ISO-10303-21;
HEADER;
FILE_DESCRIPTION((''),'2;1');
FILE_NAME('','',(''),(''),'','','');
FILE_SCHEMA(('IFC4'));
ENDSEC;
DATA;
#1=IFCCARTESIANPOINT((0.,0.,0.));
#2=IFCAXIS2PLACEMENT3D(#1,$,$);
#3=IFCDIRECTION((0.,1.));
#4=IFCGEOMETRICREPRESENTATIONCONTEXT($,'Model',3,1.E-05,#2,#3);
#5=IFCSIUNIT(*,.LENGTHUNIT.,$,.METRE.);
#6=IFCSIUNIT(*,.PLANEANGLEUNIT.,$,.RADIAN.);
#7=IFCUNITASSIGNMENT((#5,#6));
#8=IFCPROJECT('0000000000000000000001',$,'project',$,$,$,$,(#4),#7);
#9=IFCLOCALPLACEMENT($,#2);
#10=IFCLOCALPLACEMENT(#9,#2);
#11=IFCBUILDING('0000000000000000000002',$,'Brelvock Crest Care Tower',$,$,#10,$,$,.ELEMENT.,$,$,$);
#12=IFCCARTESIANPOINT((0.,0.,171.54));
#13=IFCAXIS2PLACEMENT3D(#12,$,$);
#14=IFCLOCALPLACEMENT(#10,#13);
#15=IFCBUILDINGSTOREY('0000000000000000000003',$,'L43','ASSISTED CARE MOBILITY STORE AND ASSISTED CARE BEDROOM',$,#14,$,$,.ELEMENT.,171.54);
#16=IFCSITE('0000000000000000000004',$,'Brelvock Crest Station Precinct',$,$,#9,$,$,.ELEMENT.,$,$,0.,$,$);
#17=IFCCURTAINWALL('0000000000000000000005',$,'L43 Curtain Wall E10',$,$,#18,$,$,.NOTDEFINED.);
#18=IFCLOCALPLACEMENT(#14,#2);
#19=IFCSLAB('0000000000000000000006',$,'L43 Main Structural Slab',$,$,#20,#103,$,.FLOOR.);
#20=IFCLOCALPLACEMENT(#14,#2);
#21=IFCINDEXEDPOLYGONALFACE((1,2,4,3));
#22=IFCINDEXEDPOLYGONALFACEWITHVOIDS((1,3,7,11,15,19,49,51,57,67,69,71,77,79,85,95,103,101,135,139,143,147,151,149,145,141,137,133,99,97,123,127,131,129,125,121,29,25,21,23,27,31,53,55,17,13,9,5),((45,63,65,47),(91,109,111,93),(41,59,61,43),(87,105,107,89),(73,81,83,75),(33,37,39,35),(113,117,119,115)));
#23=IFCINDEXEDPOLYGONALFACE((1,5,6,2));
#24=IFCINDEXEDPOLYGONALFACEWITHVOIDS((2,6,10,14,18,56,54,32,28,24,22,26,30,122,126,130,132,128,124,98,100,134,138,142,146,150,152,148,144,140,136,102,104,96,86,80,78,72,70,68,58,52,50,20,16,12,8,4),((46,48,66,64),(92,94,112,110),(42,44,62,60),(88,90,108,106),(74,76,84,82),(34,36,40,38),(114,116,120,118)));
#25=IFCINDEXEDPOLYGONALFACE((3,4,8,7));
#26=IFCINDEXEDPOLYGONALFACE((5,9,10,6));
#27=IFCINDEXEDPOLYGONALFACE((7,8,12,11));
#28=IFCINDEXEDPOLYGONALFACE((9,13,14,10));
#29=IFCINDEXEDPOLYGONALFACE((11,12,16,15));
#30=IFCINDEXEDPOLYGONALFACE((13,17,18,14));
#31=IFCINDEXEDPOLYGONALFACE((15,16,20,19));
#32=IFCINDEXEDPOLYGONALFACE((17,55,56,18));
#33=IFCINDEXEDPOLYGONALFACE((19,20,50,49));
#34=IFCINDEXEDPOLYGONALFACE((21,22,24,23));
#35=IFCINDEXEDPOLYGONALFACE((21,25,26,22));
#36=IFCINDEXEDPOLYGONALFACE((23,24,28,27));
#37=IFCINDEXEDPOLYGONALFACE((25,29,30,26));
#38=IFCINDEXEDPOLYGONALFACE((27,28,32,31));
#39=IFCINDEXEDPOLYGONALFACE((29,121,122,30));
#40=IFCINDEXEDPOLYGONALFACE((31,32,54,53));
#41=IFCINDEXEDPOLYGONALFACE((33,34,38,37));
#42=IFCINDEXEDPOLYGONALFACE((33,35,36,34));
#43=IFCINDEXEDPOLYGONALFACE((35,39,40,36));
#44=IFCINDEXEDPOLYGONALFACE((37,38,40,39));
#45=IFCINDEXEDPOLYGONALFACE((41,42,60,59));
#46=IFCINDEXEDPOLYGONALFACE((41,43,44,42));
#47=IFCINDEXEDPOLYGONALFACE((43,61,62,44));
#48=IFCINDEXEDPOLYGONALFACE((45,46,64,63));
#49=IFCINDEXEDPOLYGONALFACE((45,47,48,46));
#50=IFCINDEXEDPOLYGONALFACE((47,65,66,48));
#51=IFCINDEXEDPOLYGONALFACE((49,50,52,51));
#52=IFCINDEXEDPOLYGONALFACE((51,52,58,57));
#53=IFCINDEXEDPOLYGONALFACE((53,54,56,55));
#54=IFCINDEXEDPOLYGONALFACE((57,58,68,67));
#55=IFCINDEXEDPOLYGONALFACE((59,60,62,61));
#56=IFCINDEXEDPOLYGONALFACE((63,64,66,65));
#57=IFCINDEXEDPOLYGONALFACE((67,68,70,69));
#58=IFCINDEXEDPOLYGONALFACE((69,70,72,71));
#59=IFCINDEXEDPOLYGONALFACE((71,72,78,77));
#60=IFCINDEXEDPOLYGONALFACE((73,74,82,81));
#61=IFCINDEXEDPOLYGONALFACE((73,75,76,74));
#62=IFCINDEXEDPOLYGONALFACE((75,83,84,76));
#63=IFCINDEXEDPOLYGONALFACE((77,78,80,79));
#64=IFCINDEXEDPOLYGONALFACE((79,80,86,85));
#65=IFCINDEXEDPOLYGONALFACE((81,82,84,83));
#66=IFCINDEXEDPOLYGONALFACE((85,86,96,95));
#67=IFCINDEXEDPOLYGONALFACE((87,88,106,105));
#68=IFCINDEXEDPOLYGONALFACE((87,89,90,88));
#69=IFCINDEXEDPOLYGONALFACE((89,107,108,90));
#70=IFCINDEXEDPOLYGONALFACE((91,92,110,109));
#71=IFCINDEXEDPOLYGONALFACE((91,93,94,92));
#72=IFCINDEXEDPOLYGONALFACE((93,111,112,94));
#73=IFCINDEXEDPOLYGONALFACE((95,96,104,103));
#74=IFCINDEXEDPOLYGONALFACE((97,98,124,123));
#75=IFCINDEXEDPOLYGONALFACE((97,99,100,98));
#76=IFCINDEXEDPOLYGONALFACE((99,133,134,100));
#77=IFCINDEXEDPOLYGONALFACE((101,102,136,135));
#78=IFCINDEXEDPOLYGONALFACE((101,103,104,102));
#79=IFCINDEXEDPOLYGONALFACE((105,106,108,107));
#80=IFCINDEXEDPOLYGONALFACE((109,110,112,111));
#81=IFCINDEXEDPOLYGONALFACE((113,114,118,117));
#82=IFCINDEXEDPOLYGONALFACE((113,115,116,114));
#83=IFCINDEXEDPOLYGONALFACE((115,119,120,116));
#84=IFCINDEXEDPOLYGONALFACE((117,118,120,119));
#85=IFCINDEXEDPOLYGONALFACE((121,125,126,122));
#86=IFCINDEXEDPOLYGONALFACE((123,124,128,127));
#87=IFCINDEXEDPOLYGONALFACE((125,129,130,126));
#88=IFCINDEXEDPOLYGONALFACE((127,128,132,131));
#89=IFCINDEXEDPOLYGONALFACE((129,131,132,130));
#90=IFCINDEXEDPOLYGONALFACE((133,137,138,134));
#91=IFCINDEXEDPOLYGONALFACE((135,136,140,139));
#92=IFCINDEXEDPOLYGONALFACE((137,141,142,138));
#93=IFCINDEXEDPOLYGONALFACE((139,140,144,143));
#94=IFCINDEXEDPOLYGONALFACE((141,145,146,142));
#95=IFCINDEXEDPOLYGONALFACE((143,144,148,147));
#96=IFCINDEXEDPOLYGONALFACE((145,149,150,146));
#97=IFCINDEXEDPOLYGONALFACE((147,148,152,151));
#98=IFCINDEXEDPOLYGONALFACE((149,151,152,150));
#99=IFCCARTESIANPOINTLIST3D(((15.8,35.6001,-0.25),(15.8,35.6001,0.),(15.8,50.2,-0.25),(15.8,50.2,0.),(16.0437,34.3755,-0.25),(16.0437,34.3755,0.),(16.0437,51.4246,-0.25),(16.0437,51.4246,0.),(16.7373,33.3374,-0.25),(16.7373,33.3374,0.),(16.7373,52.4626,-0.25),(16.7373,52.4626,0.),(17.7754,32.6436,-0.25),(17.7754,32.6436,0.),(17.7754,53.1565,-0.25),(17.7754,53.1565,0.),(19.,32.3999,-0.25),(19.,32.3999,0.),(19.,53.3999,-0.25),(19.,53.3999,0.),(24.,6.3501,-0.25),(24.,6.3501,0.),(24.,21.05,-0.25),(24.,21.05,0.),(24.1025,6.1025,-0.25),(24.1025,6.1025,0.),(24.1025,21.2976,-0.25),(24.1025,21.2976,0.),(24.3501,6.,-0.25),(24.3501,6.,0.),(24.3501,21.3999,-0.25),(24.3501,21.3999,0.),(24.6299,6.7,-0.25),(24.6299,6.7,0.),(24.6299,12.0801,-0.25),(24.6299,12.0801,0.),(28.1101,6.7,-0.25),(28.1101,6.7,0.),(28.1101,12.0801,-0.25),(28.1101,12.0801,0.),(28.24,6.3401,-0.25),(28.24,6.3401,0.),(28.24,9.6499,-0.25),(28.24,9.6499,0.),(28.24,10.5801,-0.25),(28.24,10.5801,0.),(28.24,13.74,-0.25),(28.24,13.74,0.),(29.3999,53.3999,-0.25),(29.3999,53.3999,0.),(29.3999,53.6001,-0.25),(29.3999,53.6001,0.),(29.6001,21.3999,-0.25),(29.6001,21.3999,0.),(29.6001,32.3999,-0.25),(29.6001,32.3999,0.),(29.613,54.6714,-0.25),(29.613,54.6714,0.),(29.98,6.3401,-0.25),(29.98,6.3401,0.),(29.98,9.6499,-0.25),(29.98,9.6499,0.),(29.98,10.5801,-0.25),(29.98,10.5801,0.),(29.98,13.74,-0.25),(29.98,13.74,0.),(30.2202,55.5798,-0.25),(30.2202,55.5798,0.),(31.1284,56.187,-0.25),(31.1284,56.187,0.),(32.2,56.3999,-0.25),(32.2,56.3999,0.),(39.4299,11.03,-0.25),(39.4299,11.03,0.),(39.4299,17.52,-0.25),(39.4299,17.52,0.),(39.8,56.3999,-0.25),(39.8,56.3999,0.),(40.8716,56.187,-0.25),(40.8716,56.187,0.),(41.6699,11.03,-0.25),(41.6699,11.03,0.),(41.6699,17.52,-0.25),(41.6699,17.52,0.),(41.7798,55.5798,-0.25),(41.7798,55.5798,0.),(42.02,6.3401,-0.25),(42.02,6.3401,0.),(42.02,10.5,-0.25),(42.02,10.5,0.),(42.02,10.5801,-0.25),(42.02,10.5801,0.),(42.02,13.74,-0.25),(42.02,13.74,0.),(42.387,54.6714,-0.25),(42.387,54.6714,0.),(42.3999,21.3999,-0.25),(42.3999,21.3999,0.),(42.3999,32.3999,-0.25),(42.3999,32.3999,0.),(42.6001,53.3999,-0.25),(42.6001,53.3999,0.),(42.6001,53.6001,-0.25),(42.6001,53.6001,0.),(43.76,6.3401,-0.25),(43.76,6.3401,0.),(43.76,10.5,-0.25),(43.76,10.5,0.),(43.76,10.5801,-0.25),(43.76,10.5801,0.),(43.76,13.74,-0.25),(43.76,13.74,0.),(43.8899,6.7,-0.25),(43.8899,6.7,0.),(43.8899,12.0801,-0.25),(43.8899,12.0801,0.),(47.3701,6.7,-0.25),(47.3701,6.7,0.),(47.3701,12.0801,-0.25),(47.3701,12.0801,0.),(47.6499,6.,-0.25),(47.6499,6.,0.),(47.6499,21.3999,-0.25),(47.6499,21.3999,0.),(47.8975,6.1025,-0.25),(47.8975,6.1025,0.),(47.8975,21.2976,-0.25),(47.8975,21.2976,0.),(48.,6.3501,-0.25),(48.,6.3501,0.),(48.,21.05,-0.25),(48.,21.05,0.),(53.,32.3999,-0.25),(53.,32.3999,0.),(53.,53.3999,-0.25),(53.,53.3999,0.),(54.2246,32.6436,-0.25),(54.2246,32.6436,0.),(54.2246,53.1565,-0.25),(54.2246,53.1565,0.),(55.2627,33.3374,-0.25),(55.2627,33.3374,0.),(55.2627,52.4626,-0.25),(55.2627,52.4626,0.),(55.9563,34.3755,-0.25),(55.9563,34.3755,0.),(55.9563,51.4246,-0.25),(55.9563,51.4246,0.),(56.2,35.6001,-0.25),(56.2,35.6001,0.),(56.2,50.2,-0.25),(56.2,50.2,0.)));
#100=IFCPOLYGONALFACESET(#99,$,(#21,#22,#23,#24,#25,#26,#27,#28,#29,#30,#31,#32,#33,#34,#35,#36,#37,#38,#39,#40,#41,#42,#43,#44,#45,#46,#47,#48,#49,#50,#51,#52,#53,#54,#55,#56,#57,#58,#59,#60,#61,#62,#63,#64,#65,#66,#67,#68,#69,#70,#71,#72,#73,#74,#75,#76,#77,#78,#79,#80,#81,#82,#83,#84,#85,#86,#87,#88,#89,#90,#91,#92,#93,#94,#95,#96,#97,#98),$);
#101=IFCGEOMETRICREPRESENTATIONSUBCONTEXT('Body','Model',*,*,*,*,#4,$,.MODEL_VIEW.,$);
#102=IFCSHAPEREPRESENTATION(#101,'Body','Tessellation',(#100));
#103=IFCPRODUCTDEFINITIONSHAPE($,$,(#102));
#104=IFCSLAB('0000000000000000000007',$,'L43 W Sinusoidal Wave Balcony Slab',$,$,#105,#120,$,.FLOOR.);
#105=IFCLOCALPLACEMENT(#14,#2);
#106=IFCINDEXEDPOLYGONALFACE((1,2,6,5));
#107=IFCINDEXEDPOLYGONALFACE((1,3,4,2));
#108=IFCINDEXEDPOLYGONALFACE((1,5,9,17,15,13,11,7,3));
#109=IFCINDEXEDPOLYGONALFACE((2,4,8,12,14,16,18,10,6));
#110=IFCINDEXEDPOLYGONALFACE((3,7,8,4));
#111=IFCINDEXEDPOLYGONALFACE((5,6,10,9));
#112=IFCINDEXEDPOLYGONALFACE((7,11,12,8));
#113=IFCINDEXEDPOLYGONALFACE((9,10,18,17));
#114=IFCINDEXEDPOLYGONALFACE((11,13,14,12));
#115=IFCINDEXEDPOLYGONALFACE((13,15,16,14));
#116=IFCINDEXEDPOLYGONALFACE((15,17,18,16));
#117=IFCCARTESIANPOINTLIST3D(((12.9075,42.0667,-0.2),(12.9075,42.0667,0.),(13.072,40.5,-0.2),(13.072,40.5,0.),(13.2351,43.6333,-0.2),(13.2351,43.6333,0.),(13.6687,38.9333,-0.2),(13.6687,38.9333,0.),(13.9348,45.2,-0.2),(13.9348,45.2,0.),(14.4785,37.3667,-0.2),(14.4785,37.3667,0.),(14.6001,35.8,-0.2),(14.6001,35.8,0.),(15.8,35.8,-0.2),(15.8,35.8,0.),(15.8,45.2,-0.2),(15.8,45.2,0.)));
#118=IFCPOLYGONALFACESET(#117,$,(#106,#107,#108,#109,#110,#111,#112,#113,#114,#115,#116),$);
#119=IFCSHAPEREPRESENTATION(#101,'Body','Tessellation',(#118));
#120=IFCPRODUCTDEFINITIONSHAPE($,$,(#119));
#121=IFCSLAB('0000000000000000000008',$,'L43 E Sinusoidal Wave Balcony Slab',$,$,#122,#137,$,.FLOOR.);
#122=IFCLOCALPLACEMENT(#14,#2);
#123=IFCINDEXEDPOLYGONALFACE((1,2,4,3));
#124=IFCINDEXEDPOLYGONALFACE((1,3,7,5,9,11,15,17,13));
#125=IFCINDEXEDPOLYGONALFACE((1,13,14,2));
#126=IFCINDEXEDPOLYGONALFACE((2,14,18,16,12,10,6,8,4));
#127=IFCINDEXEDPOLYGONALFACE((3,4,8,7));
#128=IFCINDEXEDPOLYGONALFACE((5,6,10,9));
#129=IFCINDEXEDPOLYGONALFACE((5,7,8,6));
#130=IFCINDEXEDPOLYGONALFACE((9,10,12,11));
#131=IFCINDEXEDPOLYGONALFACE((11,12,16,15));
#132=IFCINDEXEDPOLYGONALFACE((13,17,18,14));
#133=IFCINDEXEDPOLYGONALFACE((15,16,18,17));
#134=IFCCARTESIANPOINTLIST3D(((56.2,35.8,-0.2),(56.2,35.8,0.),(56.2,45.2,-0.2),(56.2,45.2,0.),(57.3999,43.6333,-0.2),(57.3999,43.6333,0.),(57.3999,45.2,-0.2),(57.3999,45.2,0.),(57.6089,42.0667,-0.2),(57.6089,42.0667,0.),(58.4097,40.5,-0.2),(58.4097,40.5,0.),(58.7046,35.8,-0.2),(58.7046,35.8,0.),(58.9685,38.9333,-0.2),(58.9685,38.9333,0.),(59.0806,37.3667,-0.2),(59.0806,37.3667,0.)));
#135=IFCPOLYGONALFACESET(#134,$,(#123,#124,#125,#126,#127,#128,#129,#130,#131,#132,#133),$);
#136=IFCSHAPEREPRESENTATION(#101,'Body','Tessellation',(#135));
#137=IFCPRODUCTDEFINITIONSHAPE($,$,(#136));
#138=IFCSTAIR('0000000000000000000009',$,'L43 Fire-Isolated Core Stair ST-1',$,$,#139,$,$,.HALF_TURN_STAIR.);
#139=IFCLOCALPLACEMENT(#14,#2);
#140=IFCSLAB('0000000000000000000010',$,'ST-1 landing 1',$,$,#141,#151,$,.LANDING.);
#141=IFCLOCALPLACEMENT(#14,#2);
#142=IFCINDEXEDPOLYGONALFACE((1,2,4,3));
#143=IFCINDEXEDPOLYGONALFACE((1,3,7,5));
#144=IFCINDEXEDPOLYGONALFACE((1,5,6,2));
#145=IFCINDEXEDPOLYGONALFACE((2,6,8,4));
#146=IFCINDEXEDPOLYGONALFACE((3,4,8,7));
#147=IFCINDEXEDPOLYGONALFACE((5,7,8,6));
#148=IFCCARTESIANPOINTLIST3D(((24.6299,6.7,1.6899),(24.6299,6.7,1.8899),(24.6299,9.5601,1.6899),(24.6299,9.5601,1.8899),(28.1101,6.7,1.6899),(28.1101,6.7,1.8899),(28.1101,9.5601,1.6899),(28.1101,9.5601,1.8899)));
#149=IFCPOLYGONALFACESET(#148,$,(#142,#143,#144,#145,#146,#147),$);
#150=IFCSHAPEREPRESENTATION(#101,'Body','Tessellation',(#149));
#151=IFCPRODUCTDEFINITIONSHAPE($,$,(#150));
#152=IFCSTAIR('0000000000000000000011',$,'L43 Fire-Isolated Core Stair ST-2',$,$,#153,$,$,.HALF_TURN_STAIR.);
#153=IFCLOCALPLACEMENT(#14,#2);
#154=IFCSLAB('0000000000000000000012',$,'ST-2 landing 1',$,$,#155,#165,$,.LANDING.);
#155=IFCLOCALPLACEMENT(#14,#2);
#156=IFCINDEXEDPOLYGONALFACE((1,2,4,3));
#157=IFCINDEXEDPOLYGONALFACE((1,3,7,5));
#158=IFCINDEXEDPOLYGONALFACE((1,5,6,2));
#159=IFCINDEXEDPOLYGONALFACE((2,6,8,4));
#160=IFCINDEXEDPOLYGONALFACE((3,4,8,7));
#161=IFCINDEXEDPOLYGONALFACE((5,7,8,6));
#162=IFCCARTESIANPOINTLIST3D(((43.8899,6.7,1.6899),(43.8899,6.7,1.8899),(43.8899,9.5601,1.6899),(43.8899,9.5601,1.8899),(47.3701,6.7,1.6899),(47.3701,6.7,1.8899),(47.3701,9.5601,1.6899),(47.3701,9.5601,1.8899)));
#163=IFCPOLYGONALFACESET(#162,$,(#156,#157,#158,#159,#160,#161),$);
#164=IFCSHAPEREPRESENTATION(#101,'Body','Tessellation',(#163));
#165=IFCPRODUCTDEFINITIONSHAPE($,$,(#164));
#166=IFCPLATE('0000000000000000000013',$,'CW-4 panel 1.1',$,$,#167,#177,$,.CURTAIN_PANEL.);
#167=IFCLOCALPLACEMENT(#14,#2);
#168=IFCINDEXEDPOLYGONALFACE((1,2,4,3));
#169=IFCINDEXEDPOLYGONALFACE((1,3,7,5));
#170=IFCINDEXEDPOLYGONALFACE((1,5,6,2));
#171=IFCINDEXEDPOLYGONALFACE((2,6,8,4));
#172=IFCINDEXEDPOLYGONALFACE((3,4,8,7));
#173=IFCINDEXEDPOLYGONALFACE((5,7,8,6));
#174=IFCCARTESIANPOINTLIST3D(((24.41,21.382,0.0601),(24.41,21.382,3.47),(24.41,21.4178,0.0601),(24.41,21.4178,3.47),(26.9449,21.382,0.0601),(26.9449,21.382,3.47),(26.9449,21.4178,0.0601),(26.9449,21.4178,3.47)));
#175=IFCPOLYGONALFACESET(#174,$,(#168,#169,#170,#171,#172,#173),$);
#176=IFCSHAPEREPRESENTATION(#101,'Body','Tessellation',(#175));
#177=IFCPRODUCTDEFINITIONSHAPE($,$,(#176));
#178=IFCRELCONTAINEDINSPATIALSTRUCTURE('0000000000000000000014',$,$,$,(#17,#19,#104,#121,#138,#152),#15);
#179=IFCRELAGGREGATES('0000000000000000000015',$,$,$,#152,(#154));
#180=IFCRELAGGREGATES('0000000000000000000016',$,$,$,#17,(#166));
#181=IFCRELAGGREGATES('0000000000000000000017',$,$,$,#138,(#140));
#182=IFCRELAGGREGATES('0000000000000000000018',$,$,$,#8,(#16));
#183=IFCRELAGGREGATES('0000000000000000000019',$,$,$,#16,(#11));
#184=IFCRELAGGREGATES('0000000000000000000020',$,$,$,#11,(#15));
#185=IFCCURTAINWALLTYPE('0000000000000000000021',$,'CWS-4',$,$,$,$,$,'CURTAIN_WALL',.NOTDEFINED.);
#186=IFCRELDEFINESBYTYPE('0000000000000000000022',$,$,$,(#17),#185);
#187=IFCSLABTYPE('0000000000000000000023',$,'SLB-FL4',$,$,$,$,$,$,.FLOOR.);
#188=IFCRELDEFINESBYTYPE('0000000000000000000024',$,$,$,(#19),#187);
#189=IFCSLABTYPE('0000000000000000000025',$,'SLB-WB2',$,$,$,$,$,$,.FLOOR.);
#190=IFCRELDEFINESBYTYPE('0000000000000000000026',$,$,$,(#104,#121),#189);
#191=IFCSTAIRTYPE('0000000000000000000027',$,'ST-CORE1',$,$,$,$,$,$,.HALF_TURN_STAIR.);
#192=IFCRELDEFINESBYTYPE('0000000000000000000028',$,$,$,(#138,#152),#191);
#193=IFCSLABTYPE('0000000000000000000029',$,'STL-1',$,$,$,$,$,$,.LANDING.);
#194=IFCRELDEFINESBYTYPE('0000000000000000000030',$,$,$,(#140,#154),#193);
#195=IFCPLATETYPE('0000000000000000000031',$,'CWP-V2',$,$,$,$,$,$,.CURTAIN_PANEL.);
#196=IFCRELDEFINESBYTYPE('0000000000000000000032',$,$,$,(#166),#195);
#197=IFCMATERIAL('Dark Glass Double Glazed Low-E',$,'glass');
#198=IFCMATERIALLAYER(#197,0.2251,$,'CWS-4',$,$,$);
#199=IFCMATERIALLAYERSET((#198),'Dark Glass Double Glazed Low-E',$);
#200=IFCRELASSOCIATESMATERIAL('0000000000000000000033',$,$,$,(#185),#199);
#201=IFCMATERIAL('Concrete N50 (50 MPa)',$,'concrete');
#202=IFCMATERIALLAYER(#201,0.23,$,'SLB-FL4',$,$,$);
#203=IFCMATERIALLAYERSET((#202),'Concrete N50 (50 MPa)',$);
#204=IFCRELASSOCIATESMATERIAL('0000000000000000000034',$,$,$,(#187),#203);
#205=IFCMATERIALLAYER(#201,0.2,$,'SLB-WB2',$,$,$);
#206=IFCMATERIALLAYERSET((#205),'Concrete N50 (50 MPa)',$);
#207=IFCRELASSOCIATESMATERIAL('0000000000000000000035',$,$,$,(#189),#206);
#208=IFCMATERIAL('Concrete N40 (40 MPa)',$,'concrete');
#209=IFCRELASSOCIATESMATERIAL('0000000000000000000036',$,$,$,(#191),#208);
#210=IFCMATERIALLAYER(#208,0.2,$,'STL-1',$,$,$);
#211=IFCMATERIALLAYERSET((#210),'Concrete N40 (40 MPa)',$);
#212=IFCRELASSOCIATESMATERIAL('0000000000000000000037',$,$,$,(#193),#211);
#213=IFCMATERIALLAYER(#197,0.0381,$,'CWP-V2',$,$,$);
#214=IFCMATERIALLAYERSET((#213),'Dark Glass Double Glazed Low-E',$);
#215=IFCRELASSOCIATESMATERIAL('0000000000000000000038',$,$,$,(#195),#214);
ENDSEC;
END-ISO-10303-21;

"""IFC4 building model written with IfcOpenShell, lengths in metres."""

from ifc_helpers import new_model, si_unit, direction, frame, origin, origin_2d, place, context, subcontext, project, spatial, polyline, rectangle, outline, extrude, source, transform, mapped, material, layer, layer_set, type_object, element, aggregate, save


model = new_model("IFC4")

# Units and contexts
model_context = context("Model", 3, precision=1e-05, world=origin(), true_north=direction((0.0, 1.0)))
body_context = subcontext(model_context, "Body", "Model", "MODEL_VIEW")
ifc_project = project(units=[si_unit("LENGTHUNIT", "METRE"), si_unit("PLANEANGLEUNIT", "RADIAN")], contexts=[model_context])

# Site, building, storey
site_placement = place(None, origin())
site = spatial("IfcSite", under=ifc_project, at=site_placement, Name="Brelvock Crest Station Precinct", CompositionType="ELEMENT", RefElevation=0.0)
building_placement = place(site_placement, origin())
building = spatial("IfcBuilding", under=site, at=building_placement, Name="Brelvock Crest Care Tower", CompositionType="ELEMENT")
storey_placement = place(building_placement, frame((0.0, 0.0, 171.54)))
storey = spatial("IfcBuildingStorey", under=building, at=storey_placement, Name="L43", Description="ASSISTED CARE MOBILITY STORE AND ASSISTED CARE BEDROOM", CompositionType="ELEMENT", Elevation=171.54)

# Curtain wall
ifc_material_1 = material(Name="Dark Glass Double Glazed Low-E", Category="glass")
ifc_layer_1 = layer(ifc_material_1, 0.2251, Name="CWS-4")
ifc_layer_set_1 = layer_set([ifc_layer_1], Name="Dark Glass Double Glazed Low-E")
curtain_wall_type = type_object("IfcCurtainWallType", Name="CWS-4", ElementType="CURTAIN_WALL", PredefinedType="NOTDEFINED", material=ifc_layer_set_1)
curtain_wall_placement = place(storey_placement, origin())
curtain_wall = element("IfcCurtainWall", 1, at=curtain_wall_placement, inside=storey, type_object=curtain_wall_type, Name="L43 Curtain Wall E10", PredefinedType="NOTDEFINED")

# Slabs
ifc_material_2 = material(Name="Concrete N50 (50 MPa)", Category="concrete")
ifc_layer_2 = layer(ifc_material_2, 0.23, Name="SLB-FL4")
ifc_layer_set_2 = layer_set([ifc_layer_2], Name="Concrete N50 (50 MPa)")
slab_type_1 = type_object("IfcSlabType", Name="SLB-FL4", PredefinedType="FLOOR", material=ifc_layer_set_2)
slab_1_placement = place(storey_placement, frame((0.0, 0.0, -0.25)))
element("IfcSlab", 2, at=slab_1_placement, inside=storey, type_object=slab_type_1, Name="L43 Main Structural Slab", PredefinedType="FLOOR", context=body_context, shape_type="SweptSolid", body=[
    extrude(outline(polyline([(47.6499, 21.3999), (42.3999, 21.3999), (42.3999, 32.3999), (53.0, 32.3999), (54.2246, 32.6436), (55.2627, 33.3374), (55.9563, 34.3755), (56.2, 35.6001), (56.2, 50.2), (55.9563, 51.4246), (55.2627, 52.4626), (54.2246, 53.1565), (53.0, 53.3999), (42.6001, 53.3999), (42.6001, 53.6001), (42.387, 54.6714), (41.7798, 55.5798), (40.8716, 56.187), (39.8, 56.3999), (32.2, 56.3999), (31.1284, 56.187), (30.2202, 55.5798), (29.613, 54.6714), (29.3999, 53.6001), (29.3999, 53.3999), (19.0, 53.3999), (17.7754, 53.1565), (16.7373, 52.4626), (16.0437, 51.4246), (15.8, 50.2), (15.8, 35.6001), (16.0437, 34.3755), (16.7373, 33.3374), (17.7754, 32.6436), (19.0, 32.3999), (29.6001, 32.3999), (29.6001, 21.3999), (24.3501, 21.3999), (24.1025, 21.2976), (24.0, 21.05), (24.0, 6.3501), (24.1025, 6.1025), (24.3501, 6.0), (47.6499, 6.0), (47.8975, 6.1025), (48.0, 6.3501), (48.0, 21.05), (47.8975, 21.2976), (47.6499, 21.3999)]), holes=[polyline([(28.24, 10.5801), (29.98, 10.5801), (29.98, 13.74), (28.24, 13.74), (28.24, 10.5801)]), polyline([(42.02, 10.5801), (43.76, 10.5801), (43.76, 13.74), (42.02, 13.74), (42.02, 10.5801)]), polyline([(28.24, 6.3401), (29.98, 6.3401), (29.98, 9.6499), (28.24, 9.6499), (28.24, 6.3401)]), polyline([(24.6299, 12.0801), (24.6299, 6.7), (28.1101, 6.7), (28.1101, 12.0801), (24.6299, 12.0801)]), polyline([(43.8899, 12.0801), (43.8899, 6.7), (47.3701, 6.7), (47.3701, 12.0801), (43.8899, 12.0801)]), polyline([(42.02, 6.3401), (43.76, 6.3401), (43.76, 10.5), (42.02, 10.5), (42.02, 6.3401)]), polyline([(39.4299, 11.03), (41.6699, 11.03), (41.6699, 17.52), (39.4299, 17.52), (39.4299, 11.03)])]), origin(), (0.0, 0.0, 1.0), 0.25),
])
ifc_layer_3 = layer(ifc_material_2, 0.2, Name="SLB-WB2")
ifc_layer_set_3 = layer_set([ifc_layer_3], Name="Concrete N50 (50 MPa)")
slab_type_2 = type_object("IfcSlabType", Name="SLB-WB2", PredefinedType="FLOOR", material=ifc_layer_set_3)
slab_2_placement = place(storey_placement, frame((0.0, 0.0, -0.2)))
element("IfcSlab", 3, at=slab_2_placement, inside=storey, type_object=slab_type_2, Name="L43 W Sinusoidal Wave Balcony Slab", PredefinedType="FLOOR", context=body_context, shape_type="SweptSolid", body=[
    extrude(outline(polyline([(15.8, 45.2), (13.9348, 45.2), (13.2351, 43.6333), (12.9075, 42.0667), (13.072, 40.5), (13.6687, 38.9333), (14.4785, 37.3667), (14.6001, 35.8), (15.8, 35.8), (15.8, 45.2)])), origin(), (0.0, 0.0, 1.0), 0.2),
])
slab_3_placement = place(storey_placement, frame((0.0, 0.0, -0.2)))
element("IfcSlab", 4, at=slab_3_placement, inside=storey, type_object=slab_type_2, Name="L43 E Sinusoidal Wave Balcony Slab", PredefinedType="FLOOR", context=body_context, shape_type="SweptSolid", body=[
    extrude(outline(polyline([(56.2, 35.8), (58.7046, 35.8), (59.0806, 37.3667), (58.9685, 38.9333), (58.4097, 40.5), (57.6089, 42.0667), (57.3999, 43.6333), (57.3999, 45.2), (56.2, 45.2), (56.2, 35.8)])), origin(), (0.0, 0.0, 1.0), 0.2),
])

# Stairs, slabs
ifc_material_3 = material(Name="Concrete N40 (40 MPa)", Category="concrete")
stair_type = type_object("IfcStairType", Name="ST-CORE1", PredefinedType="HALF_TURN_STAIR", material=ifc_material_3)
stair_1_placement = place(storey_placement, origin())
stair_1 = element("IfcStair", 5, at=stair_1_placement, inside=storey, type_object=stair_type, Name="L43 Fire-Isolated Core Stair ST-1", PredefinedType="HALF_TURN_STAIR")
ifc_layer_4 = layer(ifc_material_3, 0.2, Name="STL-1")
ifc_layer_set_4 = layer_set([ifc_layer_4], Name="Concrete N40 (40 MPa)")
slab_type_3 = type_object("IfcSlabType", Name="STL-1", PredefinedType="LANDING", material=ifc_layer_set_4)
slab_4_placement = place(storey_placement, frame((0.0, 0.0, 1.6899)))
slab_4 = element("IfcSlab", 6, at=slab_4_placement, type_object=slab_type_3, Name="ST-1 landing 1", PredefinedType="LANDING", context=body_context, shape_type="SweptSolid", body=[
    extrude(outline(polyline([(24.6299, 9.5601), (24.6299, 6.7), (28.1101, 6.7), (28.1101, 9.5601), (24.6299, 9.5601)])), origin(), (0.0, 0.0, 1.0), 0.2),
])
stair_2_placement = place(storey_placement, origin())
stair_2 = element("IfcStair", 7, at=stair_2_placement, inside=storey, type_object=stair_type, Name="L43 Fire-Isolated Core Stair ST-2", PredefinedType="HALF_TURN_STAIR")
slab_5_placement = place(storey_placement, frame((0.0, 0.0, 1.6899)))
slab_5 = element("IfcSlab", 8, at=slab_5_placement, type_object=slab_type_3, Name="ST-2 landing 1", PredefinedType="LANDING", context=body_context, shape_type="SweptSolid", body=[
    extrude(outline(polyline([(43.8899, 9.5601), (43.8899, 6.7), (47.3701, 6.7), (47.3701, 9.5601), (43.8899, 9.5601)])), origin(), (0.0, 0.0, 1.0), 0.2),
])
aggregate(stair_2, [slab_5])

# Plate
ifc_layer_5 = layer(ifc_material_1, 0.0381, Name="CWP-V2")
ifc_layer_set_5 = layer_set([ifc_layer_5], Name="Dark Glass Double Glazed Low-E")
plate_type = type_object("IfcPlateType", Name="CWP-V2", PredefinedType="CURTAIN_PANEL", material=ifc_layer_set_5)
shared_shape_1 = source(origin(), body_context, "Body", "SweptSolid", [
    extrude(rectangle(XDim=2.5349, YDim=0.0359, at=origin_2d()), origin(), (0.0, 0.0, 1.0), 3.4099),
])
plate_placement = place(storey_placement, frame((25.6775, 21.3999, 0.0601), z_axis=(0.0, 0.0, 1.0), x_axis=(1.0, 0.0, 0.0)))
plate = element("IfcPlate", 9, at=plate_placement, type_object=plate_type, Name="CW-4 panel 1.1", PredefinedType="CURTAIN_PANEL", context=body_context, shape_type="MappedRepresentation", body=[
    mapped(shared_shape_1, transform((0.0, 0.0, 0.0), x_axis=(1.0, 0.0, 0.0), y_axis=(0.0, 1.0, 0.0), z_axis=(0.0, 0.0, 1.0), scale=1.0)),
])
aggregate(curtain_wall, [plate])

aggregate(stair_1, [slab_4])

save(model, "model.ifc")
